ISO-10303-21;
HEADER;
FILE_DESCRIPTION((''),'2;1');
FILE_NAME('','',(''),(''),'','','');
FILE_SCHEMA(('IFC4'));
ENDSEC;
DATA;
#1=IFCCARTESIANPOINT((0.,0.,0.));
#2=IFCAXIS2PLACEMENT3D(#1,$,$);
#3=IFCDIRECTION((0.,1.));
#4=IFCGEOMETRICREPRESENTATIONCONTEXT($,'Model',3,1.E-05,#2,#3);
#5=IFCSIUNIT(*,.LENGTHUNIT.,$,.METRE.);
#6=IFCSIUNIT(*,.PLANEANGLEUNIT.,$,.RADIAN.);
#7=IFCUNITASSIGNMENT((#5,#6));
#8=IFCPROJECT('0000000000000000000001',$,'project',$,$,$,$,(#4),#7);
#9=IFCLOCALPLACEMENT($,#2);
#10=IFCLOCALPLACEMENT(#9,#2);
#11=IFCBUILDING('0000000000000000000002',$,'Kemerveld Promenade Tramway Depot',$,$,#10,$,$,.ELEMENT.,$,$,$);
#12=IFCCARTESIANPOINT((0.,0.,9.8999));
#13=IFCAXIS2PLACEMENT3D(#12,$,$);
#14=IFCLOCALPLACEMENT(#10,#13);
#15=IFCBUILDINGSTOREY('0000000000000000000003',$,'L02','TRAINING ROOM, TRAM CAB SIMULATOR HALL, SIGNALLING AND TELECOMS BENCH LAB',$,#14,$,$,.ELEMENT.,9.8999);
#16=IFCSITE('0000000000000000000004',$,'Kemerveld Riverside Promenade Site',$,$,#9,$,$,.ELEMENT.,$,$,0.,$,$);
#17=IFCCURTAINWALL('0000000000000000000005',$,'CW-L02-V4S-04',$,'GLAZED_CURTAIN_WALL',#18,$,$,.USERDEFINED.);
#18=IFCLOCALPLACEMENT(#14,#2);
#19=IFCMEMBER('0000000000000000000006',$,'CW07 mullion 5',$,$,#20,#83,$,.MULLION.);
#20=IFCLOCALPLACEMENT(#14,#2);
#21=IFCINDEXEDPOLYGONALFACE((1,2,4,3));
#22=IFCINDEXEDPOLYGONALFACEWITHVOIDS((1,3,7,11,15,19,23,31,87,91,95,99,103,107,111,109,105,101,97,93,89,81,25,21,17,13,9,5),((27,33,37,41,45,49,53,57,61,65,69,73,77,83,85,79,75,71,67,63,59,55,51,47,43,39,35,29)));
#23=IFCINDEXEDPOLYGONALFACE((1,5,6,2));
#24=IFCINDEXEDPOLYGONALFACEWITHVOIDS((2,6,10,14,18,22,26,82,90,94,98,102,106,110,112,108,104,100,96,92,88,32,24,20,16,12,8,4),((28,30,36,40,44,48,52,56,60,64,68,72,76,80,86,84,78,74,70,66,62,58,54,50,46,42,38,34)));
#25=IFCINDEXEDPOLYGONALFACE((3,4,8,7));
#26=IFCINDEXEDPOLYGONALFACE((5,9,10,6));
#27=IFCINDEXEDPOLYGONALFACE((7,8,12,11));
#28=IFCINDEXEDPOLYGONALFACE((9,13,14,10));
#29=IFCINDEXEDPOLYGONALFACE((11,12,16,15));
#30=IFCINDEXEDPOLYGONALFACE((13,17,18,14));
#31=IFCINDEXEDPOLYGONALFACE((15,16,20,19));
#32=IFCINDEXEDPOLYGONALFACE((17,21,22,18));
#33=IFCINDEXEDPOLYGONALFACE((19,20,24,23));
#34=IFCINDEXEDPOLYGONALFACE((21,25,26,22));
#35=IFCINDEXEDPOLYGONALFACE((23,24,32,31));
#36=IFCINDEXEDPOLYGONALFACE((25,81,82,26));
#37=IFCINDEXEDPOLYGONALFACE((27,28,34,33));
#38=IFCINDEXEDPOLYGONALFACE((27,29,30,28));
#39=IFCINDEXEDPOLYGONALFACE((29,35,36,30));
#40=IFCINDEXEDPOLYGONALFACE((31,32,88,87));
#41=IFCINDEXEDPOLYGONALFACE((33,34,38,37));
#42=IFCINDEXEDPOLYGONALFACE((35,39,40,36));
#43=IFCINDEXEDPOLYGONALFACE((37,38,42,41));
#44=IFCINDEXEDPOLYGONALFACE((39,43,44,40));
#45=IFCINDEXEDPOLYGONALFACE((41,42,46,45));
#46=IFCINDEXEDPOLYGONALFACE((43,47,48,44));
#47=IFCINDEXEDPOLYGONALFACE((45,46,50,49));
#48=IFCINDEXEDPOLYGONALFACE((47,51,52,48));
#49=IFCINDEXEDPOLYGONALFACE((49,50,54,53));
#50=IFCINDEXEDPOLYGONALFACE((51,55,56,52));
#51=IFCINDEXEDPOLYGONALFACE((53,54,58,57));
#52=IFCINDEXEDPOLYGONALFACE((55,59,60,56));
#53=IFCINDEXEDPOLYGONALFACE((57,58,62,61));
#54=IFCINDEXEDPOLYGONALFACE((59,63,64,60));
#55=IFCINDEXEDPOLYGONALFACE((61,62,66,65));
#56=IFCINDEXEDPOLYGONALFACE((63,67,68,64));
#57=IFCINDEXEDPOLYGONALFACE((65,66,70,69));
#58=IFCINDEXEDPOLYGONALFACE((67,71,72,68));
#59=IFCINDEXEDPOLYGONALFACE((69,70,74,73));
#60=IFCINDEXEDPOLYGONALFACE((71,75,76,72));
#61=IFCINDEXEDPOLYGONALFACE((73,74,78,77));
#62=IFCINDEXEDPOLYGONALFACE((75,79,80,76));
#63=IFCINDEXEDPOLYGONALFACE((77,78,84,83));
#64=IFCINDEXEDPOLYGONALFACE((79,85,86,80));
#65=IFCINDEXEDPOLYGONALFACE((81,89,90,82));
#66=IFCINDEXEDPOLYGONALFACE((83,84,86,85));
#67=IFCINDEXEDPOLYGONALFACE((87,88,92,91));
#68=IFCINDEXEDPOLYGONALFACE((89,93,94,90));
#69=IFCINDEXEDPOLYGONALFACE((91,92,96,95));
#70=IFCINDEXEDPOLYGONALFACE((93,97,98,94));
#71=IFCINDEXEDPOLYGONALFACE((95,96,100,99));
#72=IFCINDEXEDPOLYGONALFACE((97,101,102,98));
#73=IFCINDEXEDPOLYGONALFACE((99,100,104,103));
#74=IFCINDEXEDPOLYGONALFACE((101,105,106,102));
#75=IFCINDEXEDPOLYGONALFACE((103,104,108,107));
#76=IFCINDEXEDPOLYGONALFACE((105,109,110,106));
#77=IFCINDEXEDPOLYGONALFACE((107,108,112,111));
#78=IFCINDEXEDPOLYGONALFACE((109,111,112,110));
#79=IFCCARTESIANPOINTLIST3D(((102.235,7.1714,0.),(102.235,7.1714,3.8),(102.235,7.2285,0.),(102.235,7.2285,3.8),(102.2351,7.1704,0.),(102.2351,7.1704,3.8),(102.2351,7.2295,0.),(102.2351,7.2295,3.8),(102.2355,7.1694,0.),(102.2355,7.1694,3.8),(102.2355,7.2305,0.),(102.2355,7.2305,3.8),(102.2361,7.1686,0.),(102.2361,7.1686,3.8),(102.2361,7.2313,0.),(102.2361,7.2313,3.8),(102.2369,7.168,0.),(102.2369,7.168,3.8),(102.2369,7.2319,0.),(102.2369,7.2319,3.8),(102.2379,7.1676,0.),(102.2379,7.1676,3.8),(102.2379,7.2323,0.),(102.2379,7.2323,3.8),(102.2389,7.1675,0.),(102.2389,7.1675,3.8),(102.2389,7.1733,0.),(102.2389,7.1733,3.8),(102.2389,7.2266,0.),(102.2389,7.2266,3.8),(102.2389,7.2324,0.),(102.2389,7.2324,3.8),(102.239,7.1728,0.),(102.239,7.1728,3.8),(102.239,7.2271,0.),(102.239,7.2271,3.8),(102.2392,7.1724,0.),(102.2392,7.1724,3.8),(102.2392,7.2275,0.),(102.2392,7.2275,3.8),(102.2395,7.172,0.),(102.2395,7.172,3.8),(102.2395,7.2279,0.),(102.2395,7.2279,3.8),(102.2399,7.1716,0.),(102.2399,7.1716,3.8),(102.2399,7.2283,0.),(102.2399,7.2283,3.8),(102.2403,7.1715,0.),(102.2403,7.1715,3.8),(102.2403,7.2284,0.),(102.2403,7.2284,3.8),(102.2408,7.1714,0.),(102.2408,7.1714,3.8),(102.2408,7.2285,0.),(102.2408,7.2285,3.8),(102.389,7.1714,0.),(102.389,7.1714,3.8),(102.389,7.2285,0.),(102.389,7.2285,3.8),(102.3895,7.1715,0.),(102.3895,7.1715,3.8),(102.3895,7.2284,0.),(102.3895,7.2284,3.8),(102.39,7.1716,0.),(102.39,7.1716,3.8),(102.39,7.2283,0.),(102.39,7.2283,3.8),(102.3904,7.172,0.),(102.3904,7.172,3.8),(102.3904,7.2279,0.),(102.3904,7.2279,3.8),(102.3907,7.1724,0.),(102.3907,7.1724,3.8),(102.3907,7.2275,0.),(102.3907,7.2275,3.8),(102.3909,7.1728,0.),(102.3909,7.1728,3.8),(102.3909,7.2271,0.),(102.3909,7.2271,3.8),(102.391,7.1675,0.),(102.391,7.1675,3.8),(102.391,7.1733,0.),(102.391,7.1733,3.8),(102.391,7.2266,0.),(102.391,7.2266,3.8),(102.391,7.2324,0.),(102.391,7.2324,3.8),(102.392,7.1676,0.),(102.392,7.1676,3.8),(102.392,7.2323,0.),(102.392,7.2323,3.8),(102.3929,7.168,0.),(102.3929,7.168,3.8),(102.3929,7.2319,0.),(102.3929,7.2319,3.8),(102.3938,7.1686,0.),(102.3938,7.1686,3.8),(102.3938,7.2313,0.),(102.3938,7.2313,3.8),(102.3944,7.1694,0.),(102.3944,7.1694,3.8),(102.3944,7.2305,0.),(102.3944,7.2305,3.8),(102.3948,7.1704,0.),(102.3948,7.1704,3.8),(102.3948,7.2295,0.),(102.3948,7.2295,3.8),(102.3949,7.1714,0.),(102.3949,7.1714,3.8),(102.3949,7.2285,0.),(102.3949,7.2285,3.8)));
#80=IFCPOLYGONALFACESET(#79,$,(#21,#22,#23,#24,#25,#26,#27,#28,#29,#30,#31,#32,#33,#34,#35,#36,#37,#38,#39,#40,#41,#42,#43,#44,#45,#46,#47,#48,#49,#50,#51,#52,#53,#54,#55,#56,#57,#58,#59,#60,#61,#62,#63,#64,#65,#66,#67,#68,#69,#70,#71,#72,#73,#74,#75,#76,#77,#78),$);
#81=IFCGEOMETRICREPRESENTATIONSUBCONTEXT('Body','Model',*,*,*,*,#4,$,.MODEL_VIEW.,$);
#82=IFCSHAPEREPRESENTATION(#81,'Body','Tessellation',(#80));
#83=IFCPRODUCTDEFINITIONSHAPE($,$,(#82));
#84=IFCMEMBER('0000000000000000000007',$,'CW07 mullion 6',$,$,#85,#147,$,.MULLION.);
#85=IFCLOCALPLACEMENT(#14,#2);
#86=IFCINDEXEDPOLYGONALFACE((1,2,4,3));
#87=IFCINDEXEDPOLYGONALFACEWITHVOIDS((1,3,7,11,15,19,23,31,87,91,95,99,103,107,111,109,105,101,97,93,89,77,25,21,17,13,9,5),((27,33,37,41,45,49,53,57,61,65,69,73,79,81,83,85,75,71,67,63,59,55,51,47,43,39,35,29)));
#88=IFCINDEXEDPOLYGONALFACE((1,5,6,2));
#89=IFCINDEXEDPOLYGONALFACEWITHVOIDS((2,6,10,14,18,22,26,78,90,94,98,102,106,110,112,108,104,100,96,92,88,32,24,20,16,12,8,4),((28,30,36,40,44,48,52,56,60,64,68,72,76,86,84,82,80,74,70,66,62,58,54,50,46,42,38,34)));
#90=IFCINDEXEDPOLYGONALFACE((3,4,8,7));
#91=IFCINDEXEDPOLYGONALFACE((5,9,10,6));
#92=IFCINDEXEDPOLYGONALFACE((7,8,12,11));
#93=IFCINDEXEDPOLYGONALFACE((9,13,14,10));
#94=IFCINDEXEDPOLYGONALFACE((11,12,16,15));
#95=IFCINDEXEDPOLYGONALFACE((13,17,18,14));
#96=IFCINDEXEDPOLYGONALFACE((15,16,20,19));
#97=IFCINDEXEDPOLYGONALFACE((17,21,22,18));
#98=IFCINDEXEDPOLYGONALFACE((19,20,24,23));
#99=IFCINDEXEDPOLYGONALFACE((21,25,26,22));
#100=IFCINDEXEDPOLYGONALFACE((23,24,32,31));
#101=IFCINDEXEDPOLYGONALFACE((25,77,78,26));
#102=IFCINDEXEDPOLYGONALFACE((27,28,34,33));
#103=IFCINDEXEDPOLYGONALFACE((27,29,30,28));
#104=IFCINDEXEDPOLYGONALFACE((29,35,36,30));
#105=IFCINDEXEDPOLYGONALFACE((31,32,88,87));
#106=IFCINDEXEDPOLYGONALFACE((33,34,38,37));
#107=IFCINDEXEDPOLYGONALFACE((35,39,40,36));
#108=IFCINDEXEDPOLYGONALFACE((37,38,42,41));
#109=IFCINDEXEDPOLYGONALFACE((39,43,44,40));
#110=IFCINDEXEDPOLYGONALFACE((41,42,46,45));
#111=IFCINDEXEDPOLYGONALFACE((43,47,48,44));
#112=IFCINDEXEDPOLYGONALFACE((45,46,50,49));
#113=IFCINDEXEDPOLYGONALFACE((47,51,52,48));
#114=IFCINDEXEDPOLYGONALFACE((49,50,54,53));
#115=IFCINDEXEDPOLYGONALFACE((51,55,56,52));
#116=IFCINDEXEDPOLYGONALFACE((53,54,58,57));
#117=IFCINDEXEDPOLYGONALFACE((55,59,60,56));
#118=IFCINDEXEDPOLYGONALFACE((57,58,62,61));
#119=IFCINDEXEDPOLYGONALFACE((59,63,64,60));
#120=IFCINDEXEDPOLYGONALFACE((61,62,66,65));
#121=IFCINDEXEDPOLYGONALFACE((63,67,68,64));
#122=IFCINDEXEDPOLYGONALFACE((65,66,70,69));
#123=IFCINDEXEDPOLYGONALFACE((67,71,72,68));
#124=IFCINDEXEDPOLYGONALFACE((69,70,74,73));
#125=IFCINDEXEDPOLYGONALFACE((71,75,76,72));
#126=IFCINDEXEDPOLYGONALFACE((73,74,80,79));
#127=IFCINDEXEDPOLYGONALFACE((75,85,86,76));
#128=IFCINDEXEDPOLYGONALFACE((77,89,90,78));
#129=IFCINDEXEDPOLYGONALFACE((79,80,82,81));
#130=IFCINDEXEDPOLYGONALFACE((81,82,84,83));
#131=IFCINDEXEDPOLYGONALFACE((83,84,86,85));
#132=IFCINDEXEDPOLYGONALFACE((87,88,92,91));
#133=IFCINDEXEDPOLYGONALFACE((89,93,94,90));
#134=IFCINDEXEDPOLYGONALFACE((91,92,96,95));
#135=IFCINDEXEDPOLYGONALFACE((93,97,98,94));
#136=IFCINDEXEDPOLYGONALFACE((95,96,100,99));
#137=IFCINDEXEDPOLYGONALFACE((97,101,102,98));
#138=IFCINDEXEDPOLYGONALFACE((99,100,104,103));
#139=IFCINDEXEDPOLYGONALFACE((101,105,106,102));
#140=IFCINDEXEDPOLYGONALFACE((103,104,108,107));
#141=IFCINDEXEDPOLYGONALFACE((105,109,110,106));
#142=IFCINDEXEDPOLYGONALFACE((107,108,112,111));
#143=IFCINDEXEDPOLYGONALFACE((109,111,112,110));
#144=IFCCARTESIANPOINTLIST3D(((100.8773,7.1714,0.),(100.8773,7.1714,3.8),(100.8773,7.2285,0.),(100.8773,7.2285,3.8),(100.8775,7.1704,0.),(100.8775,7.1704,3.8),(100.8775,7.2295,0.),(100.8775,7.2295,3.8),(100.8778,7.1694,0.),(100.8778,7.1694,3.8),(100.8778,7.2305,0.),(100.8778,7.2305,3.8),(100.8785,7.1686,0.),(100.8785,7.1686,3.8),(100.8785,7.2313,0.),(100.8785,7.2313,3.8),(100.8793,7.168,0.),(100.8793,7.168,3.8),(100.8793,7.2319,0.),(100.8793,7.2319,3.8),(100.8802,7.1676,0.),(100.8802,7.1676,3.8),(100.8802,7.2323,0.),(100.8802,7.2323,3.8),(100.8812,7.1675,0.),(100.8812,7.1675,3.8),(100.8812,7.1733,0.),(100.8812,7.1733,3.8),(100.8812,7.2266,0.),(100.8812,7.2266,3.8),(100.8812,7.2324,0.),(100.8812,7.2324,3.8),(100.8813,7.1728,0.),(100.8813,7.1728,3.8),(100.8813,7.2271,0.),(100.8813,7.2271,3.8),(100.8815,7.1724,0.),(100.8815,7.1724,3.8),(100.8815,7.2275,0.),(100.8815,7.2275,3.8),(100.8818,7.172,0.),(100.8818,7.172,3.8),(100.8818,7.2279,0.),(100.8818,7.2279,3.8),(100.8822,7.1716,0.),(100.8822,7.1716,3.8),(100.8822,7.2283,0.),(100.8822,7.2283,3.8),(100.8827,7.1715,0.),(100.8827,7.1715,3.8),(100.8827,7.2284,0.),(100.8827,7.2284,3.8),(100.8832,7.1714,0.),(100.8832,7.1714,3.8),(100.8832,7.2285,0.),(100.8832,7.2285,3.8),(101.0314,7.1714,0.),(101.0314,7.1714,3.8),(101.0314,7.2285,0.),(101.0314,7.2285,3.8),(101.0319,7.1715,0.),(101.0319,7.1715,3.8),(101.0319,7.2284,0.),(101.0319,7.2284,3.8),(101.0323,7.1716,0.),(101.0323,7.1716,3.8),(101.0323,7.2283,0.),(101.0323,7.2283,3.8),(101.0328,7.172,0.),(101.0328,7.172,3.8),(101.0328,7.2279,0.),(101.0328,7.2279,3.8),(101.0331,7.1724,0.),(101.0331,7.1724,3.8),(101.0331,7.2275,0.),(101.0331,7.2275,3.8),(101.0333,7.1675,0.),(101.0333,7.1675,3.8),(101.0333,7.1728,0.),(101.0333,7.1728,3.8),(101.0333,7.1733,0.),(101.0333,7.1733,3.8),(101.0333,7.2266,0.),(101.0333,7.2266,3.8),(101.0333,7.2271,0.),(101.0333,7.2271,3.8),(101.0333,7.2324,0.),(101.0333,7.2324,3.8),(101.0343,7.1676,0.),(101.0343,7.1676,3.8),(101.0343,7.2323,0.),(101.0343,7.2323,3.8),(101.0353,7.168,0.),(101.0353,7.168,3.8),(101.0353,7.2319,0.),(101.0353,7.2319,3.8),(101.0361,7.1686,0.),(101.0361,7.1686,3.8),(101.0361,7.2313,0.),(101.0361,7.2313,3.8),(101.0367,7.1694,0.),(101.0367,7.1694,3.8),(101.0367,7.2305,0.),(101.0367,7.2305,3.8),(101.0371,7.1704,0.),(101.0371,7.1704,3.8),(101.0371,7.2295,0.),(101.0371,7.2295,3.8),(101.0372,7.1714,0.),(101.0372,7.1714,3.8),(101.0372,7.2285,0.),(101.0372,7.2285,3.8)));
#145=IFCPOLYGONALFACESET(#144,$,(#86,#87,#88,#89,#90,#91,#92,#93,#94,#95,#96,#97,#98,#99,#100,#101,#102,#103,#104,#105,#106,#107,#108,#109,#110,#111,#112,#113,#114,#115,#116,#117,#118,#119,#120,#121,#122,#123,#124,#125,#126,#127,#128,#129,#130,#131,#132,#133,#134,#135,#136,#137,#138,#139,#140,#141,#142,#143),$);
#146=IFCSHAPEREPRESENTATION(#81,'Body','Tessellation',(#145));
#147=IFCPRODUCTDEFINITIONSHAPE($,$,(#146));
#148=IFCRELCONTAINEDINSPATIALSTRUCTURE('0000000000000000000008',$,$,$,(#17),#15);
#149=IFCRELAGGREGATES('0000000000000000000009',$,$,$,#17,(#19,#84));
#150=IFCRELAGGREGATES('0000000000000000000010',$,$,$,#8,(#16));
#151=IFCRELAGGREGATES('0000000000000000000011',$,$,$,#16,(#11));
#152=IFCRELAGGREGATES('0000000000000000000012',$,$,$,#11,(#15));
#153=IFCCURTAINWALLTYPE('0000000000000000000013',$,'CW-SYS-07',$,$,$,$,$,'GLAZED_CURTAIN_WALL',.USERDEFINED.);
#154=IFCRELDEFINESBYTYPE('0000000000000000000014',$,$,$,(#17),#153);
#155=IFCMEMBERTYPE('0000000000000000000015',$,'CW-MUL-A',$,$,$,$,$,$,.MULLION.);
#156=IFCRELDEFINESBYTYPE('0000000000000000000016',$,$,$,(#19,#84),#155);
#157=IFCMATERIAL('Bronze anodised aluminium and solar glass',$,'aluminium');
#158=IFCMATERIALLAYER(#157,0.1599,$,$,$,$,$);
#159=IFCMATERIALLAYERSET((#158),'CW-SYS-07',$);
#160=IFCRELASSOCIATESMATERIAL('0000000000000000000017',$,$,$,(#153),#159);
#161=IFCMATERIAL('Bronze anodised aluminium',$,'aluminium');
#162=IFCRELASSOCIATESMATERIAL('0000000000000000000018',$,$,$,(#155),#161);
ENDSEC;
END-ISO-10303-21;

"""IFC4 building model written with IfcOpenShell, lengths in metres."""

from ifc_helpers import new_model, si_unit, direction, frame, origin, origin_2d, place, context, subcontext, project, spatial, hollow_rectangle, extrude, material, layer, layer_set, material_profile, profile_set, type_object, element, aggregate, save


model = new_model("IFC4")

# Units and contexts
model_context = context("Model", 3, precision=1e-05, world=origin(), true_north=direction((0.0, 1.0)))
body_context = subcontext(model_context, "Body", "Model", "MODEL_VIEW")
ifc_project = project(units=[si_unit("LENGTHUNIT", "METRE"), si_unit("PLANEANGLEUNIT", "RADIAN")], contexts=[model_context])

# Site, building, storey
site_placement = place(None, origin())
site = spatial("IfcSite", under=ifc_project, at=site_placement, Name="Kemerveld Riverside Promenade Site", CompositionType="ELEMENT", RefElevation=0.0)
building_placement = place(site_placement, origin())
building = spatial("IfcBuilding", under=site, at=building_placement, Name="Kemerveld Promenade Tramway Depot", CompositionType="ELEMENT")
storey_placement = place(building_placement, frame((0.0, 0.0, 9.8999)))
storey = spatial("IfcBuildingStorey", under=building, at=storey_placement, Name="L02", Description="TRAINING ROOM, TRAM CAB SIMULATOR HALL, SIGNALLING AND TELECOMS BENCH LAB", CompositionType="ELEMENT", Elevation=9.8999)

# Curtain wall, members
ifc_material_1 = material(Name="Bronze anodised aluminium and solar glass", Category="aluminium")
ifc_layer_1 = layer(ifc_material_1, 0.1599)
ifc_layer_set_1 = layer_set([ifc_layer_1], Name="CW-SYS-07")
curtain_wall_type = type_object("IfcCurtainWallType", Name="CW-SYS-07", ElementType="GLAZED_CURTAIN_WALL", PredefinedType="USERDEFINED", material=ifc_layer_set_1)
curtain_wall_placement = place(storey_placement, origin())
curtain_wall = element("IfcCurtainWall", 1, at=curtain_wall_placement, inside=storey, type_object=curtain_wall_type, Name="CW-L02-V4S-04", ObjectType="GLAZED_CURTAIN_WALL", PredefinedType="USERDEFINED")
ifc_material_2 = material(Name="Bronze anodised aluminium", Category="aluminium")
ifc_material_profile_1 = material_profile(ifc_material_2, hollow_rectangle(XDim=0.0649, YDim=0.1599, WallThickness=0.0039, InnerFilletRadius=0.002, OuterFilletRadius=0.0039, at=origin_2d()), Name="CW-MUL-160x65")
ifc_profile_set_1 = profile_set([ifc_material_profile_1], Name="Bronze anodised aluminium")
member_type_1 = type_object("IfcMemberType", Name="CW-MUL-A", PredefinedType="MULLION", material=ifc_profile_set_1)
member_1_placement = place(storey_placement, frame((102.3149, 7.2, 0.0), z_axis=(0.0, 0.0, 1.0), x_axis=(0.0, -1.0, 0.0)))
member_1 = element("IfcMember", 2, at=member_1_placement, type_object=member_type_1, Name="CW07 mullion 5", PredefinedType="MULLION", context=body_context, shape_type="SweptSolid", body=[
    extrude(hollow_rectangle(XDim=0.0649, YDim=0.1599, WallThickness=0.0039, InnerFilletRadius=0.002, OuterFilletRadius=0.0039, at=origin_2d()), origin(), (0.0, 0.0, 1.0), 3.8),
])
member_2_placement = place(storey_placement, frame((100.9573, 7.2, 0.0), z_axis=(0.0, 0.0, 1.0), x_axis=(0.0, -1.0, 0.0)))
member_2 = element("IfcMember", 3, at=member_2_placement, type_object=member_type_1, Name="CW07 mullion 6", PredefinedType="MULLION", context=body_context, shape_type="SweptSolid", body=[
    extrude(hollow_rectangle(XDim=0.0649, YDim=0.1599, WallThickness=0.0039, InnerFilletRadius=0.002, OuterFilletRadius=0.0039, at=origin_2d()), origin(), (0.0, 0.0, 1.0), 3.8),
])
aggregate(curtain_wall, [member_1, member_2])

save(model, "model.ifc")
